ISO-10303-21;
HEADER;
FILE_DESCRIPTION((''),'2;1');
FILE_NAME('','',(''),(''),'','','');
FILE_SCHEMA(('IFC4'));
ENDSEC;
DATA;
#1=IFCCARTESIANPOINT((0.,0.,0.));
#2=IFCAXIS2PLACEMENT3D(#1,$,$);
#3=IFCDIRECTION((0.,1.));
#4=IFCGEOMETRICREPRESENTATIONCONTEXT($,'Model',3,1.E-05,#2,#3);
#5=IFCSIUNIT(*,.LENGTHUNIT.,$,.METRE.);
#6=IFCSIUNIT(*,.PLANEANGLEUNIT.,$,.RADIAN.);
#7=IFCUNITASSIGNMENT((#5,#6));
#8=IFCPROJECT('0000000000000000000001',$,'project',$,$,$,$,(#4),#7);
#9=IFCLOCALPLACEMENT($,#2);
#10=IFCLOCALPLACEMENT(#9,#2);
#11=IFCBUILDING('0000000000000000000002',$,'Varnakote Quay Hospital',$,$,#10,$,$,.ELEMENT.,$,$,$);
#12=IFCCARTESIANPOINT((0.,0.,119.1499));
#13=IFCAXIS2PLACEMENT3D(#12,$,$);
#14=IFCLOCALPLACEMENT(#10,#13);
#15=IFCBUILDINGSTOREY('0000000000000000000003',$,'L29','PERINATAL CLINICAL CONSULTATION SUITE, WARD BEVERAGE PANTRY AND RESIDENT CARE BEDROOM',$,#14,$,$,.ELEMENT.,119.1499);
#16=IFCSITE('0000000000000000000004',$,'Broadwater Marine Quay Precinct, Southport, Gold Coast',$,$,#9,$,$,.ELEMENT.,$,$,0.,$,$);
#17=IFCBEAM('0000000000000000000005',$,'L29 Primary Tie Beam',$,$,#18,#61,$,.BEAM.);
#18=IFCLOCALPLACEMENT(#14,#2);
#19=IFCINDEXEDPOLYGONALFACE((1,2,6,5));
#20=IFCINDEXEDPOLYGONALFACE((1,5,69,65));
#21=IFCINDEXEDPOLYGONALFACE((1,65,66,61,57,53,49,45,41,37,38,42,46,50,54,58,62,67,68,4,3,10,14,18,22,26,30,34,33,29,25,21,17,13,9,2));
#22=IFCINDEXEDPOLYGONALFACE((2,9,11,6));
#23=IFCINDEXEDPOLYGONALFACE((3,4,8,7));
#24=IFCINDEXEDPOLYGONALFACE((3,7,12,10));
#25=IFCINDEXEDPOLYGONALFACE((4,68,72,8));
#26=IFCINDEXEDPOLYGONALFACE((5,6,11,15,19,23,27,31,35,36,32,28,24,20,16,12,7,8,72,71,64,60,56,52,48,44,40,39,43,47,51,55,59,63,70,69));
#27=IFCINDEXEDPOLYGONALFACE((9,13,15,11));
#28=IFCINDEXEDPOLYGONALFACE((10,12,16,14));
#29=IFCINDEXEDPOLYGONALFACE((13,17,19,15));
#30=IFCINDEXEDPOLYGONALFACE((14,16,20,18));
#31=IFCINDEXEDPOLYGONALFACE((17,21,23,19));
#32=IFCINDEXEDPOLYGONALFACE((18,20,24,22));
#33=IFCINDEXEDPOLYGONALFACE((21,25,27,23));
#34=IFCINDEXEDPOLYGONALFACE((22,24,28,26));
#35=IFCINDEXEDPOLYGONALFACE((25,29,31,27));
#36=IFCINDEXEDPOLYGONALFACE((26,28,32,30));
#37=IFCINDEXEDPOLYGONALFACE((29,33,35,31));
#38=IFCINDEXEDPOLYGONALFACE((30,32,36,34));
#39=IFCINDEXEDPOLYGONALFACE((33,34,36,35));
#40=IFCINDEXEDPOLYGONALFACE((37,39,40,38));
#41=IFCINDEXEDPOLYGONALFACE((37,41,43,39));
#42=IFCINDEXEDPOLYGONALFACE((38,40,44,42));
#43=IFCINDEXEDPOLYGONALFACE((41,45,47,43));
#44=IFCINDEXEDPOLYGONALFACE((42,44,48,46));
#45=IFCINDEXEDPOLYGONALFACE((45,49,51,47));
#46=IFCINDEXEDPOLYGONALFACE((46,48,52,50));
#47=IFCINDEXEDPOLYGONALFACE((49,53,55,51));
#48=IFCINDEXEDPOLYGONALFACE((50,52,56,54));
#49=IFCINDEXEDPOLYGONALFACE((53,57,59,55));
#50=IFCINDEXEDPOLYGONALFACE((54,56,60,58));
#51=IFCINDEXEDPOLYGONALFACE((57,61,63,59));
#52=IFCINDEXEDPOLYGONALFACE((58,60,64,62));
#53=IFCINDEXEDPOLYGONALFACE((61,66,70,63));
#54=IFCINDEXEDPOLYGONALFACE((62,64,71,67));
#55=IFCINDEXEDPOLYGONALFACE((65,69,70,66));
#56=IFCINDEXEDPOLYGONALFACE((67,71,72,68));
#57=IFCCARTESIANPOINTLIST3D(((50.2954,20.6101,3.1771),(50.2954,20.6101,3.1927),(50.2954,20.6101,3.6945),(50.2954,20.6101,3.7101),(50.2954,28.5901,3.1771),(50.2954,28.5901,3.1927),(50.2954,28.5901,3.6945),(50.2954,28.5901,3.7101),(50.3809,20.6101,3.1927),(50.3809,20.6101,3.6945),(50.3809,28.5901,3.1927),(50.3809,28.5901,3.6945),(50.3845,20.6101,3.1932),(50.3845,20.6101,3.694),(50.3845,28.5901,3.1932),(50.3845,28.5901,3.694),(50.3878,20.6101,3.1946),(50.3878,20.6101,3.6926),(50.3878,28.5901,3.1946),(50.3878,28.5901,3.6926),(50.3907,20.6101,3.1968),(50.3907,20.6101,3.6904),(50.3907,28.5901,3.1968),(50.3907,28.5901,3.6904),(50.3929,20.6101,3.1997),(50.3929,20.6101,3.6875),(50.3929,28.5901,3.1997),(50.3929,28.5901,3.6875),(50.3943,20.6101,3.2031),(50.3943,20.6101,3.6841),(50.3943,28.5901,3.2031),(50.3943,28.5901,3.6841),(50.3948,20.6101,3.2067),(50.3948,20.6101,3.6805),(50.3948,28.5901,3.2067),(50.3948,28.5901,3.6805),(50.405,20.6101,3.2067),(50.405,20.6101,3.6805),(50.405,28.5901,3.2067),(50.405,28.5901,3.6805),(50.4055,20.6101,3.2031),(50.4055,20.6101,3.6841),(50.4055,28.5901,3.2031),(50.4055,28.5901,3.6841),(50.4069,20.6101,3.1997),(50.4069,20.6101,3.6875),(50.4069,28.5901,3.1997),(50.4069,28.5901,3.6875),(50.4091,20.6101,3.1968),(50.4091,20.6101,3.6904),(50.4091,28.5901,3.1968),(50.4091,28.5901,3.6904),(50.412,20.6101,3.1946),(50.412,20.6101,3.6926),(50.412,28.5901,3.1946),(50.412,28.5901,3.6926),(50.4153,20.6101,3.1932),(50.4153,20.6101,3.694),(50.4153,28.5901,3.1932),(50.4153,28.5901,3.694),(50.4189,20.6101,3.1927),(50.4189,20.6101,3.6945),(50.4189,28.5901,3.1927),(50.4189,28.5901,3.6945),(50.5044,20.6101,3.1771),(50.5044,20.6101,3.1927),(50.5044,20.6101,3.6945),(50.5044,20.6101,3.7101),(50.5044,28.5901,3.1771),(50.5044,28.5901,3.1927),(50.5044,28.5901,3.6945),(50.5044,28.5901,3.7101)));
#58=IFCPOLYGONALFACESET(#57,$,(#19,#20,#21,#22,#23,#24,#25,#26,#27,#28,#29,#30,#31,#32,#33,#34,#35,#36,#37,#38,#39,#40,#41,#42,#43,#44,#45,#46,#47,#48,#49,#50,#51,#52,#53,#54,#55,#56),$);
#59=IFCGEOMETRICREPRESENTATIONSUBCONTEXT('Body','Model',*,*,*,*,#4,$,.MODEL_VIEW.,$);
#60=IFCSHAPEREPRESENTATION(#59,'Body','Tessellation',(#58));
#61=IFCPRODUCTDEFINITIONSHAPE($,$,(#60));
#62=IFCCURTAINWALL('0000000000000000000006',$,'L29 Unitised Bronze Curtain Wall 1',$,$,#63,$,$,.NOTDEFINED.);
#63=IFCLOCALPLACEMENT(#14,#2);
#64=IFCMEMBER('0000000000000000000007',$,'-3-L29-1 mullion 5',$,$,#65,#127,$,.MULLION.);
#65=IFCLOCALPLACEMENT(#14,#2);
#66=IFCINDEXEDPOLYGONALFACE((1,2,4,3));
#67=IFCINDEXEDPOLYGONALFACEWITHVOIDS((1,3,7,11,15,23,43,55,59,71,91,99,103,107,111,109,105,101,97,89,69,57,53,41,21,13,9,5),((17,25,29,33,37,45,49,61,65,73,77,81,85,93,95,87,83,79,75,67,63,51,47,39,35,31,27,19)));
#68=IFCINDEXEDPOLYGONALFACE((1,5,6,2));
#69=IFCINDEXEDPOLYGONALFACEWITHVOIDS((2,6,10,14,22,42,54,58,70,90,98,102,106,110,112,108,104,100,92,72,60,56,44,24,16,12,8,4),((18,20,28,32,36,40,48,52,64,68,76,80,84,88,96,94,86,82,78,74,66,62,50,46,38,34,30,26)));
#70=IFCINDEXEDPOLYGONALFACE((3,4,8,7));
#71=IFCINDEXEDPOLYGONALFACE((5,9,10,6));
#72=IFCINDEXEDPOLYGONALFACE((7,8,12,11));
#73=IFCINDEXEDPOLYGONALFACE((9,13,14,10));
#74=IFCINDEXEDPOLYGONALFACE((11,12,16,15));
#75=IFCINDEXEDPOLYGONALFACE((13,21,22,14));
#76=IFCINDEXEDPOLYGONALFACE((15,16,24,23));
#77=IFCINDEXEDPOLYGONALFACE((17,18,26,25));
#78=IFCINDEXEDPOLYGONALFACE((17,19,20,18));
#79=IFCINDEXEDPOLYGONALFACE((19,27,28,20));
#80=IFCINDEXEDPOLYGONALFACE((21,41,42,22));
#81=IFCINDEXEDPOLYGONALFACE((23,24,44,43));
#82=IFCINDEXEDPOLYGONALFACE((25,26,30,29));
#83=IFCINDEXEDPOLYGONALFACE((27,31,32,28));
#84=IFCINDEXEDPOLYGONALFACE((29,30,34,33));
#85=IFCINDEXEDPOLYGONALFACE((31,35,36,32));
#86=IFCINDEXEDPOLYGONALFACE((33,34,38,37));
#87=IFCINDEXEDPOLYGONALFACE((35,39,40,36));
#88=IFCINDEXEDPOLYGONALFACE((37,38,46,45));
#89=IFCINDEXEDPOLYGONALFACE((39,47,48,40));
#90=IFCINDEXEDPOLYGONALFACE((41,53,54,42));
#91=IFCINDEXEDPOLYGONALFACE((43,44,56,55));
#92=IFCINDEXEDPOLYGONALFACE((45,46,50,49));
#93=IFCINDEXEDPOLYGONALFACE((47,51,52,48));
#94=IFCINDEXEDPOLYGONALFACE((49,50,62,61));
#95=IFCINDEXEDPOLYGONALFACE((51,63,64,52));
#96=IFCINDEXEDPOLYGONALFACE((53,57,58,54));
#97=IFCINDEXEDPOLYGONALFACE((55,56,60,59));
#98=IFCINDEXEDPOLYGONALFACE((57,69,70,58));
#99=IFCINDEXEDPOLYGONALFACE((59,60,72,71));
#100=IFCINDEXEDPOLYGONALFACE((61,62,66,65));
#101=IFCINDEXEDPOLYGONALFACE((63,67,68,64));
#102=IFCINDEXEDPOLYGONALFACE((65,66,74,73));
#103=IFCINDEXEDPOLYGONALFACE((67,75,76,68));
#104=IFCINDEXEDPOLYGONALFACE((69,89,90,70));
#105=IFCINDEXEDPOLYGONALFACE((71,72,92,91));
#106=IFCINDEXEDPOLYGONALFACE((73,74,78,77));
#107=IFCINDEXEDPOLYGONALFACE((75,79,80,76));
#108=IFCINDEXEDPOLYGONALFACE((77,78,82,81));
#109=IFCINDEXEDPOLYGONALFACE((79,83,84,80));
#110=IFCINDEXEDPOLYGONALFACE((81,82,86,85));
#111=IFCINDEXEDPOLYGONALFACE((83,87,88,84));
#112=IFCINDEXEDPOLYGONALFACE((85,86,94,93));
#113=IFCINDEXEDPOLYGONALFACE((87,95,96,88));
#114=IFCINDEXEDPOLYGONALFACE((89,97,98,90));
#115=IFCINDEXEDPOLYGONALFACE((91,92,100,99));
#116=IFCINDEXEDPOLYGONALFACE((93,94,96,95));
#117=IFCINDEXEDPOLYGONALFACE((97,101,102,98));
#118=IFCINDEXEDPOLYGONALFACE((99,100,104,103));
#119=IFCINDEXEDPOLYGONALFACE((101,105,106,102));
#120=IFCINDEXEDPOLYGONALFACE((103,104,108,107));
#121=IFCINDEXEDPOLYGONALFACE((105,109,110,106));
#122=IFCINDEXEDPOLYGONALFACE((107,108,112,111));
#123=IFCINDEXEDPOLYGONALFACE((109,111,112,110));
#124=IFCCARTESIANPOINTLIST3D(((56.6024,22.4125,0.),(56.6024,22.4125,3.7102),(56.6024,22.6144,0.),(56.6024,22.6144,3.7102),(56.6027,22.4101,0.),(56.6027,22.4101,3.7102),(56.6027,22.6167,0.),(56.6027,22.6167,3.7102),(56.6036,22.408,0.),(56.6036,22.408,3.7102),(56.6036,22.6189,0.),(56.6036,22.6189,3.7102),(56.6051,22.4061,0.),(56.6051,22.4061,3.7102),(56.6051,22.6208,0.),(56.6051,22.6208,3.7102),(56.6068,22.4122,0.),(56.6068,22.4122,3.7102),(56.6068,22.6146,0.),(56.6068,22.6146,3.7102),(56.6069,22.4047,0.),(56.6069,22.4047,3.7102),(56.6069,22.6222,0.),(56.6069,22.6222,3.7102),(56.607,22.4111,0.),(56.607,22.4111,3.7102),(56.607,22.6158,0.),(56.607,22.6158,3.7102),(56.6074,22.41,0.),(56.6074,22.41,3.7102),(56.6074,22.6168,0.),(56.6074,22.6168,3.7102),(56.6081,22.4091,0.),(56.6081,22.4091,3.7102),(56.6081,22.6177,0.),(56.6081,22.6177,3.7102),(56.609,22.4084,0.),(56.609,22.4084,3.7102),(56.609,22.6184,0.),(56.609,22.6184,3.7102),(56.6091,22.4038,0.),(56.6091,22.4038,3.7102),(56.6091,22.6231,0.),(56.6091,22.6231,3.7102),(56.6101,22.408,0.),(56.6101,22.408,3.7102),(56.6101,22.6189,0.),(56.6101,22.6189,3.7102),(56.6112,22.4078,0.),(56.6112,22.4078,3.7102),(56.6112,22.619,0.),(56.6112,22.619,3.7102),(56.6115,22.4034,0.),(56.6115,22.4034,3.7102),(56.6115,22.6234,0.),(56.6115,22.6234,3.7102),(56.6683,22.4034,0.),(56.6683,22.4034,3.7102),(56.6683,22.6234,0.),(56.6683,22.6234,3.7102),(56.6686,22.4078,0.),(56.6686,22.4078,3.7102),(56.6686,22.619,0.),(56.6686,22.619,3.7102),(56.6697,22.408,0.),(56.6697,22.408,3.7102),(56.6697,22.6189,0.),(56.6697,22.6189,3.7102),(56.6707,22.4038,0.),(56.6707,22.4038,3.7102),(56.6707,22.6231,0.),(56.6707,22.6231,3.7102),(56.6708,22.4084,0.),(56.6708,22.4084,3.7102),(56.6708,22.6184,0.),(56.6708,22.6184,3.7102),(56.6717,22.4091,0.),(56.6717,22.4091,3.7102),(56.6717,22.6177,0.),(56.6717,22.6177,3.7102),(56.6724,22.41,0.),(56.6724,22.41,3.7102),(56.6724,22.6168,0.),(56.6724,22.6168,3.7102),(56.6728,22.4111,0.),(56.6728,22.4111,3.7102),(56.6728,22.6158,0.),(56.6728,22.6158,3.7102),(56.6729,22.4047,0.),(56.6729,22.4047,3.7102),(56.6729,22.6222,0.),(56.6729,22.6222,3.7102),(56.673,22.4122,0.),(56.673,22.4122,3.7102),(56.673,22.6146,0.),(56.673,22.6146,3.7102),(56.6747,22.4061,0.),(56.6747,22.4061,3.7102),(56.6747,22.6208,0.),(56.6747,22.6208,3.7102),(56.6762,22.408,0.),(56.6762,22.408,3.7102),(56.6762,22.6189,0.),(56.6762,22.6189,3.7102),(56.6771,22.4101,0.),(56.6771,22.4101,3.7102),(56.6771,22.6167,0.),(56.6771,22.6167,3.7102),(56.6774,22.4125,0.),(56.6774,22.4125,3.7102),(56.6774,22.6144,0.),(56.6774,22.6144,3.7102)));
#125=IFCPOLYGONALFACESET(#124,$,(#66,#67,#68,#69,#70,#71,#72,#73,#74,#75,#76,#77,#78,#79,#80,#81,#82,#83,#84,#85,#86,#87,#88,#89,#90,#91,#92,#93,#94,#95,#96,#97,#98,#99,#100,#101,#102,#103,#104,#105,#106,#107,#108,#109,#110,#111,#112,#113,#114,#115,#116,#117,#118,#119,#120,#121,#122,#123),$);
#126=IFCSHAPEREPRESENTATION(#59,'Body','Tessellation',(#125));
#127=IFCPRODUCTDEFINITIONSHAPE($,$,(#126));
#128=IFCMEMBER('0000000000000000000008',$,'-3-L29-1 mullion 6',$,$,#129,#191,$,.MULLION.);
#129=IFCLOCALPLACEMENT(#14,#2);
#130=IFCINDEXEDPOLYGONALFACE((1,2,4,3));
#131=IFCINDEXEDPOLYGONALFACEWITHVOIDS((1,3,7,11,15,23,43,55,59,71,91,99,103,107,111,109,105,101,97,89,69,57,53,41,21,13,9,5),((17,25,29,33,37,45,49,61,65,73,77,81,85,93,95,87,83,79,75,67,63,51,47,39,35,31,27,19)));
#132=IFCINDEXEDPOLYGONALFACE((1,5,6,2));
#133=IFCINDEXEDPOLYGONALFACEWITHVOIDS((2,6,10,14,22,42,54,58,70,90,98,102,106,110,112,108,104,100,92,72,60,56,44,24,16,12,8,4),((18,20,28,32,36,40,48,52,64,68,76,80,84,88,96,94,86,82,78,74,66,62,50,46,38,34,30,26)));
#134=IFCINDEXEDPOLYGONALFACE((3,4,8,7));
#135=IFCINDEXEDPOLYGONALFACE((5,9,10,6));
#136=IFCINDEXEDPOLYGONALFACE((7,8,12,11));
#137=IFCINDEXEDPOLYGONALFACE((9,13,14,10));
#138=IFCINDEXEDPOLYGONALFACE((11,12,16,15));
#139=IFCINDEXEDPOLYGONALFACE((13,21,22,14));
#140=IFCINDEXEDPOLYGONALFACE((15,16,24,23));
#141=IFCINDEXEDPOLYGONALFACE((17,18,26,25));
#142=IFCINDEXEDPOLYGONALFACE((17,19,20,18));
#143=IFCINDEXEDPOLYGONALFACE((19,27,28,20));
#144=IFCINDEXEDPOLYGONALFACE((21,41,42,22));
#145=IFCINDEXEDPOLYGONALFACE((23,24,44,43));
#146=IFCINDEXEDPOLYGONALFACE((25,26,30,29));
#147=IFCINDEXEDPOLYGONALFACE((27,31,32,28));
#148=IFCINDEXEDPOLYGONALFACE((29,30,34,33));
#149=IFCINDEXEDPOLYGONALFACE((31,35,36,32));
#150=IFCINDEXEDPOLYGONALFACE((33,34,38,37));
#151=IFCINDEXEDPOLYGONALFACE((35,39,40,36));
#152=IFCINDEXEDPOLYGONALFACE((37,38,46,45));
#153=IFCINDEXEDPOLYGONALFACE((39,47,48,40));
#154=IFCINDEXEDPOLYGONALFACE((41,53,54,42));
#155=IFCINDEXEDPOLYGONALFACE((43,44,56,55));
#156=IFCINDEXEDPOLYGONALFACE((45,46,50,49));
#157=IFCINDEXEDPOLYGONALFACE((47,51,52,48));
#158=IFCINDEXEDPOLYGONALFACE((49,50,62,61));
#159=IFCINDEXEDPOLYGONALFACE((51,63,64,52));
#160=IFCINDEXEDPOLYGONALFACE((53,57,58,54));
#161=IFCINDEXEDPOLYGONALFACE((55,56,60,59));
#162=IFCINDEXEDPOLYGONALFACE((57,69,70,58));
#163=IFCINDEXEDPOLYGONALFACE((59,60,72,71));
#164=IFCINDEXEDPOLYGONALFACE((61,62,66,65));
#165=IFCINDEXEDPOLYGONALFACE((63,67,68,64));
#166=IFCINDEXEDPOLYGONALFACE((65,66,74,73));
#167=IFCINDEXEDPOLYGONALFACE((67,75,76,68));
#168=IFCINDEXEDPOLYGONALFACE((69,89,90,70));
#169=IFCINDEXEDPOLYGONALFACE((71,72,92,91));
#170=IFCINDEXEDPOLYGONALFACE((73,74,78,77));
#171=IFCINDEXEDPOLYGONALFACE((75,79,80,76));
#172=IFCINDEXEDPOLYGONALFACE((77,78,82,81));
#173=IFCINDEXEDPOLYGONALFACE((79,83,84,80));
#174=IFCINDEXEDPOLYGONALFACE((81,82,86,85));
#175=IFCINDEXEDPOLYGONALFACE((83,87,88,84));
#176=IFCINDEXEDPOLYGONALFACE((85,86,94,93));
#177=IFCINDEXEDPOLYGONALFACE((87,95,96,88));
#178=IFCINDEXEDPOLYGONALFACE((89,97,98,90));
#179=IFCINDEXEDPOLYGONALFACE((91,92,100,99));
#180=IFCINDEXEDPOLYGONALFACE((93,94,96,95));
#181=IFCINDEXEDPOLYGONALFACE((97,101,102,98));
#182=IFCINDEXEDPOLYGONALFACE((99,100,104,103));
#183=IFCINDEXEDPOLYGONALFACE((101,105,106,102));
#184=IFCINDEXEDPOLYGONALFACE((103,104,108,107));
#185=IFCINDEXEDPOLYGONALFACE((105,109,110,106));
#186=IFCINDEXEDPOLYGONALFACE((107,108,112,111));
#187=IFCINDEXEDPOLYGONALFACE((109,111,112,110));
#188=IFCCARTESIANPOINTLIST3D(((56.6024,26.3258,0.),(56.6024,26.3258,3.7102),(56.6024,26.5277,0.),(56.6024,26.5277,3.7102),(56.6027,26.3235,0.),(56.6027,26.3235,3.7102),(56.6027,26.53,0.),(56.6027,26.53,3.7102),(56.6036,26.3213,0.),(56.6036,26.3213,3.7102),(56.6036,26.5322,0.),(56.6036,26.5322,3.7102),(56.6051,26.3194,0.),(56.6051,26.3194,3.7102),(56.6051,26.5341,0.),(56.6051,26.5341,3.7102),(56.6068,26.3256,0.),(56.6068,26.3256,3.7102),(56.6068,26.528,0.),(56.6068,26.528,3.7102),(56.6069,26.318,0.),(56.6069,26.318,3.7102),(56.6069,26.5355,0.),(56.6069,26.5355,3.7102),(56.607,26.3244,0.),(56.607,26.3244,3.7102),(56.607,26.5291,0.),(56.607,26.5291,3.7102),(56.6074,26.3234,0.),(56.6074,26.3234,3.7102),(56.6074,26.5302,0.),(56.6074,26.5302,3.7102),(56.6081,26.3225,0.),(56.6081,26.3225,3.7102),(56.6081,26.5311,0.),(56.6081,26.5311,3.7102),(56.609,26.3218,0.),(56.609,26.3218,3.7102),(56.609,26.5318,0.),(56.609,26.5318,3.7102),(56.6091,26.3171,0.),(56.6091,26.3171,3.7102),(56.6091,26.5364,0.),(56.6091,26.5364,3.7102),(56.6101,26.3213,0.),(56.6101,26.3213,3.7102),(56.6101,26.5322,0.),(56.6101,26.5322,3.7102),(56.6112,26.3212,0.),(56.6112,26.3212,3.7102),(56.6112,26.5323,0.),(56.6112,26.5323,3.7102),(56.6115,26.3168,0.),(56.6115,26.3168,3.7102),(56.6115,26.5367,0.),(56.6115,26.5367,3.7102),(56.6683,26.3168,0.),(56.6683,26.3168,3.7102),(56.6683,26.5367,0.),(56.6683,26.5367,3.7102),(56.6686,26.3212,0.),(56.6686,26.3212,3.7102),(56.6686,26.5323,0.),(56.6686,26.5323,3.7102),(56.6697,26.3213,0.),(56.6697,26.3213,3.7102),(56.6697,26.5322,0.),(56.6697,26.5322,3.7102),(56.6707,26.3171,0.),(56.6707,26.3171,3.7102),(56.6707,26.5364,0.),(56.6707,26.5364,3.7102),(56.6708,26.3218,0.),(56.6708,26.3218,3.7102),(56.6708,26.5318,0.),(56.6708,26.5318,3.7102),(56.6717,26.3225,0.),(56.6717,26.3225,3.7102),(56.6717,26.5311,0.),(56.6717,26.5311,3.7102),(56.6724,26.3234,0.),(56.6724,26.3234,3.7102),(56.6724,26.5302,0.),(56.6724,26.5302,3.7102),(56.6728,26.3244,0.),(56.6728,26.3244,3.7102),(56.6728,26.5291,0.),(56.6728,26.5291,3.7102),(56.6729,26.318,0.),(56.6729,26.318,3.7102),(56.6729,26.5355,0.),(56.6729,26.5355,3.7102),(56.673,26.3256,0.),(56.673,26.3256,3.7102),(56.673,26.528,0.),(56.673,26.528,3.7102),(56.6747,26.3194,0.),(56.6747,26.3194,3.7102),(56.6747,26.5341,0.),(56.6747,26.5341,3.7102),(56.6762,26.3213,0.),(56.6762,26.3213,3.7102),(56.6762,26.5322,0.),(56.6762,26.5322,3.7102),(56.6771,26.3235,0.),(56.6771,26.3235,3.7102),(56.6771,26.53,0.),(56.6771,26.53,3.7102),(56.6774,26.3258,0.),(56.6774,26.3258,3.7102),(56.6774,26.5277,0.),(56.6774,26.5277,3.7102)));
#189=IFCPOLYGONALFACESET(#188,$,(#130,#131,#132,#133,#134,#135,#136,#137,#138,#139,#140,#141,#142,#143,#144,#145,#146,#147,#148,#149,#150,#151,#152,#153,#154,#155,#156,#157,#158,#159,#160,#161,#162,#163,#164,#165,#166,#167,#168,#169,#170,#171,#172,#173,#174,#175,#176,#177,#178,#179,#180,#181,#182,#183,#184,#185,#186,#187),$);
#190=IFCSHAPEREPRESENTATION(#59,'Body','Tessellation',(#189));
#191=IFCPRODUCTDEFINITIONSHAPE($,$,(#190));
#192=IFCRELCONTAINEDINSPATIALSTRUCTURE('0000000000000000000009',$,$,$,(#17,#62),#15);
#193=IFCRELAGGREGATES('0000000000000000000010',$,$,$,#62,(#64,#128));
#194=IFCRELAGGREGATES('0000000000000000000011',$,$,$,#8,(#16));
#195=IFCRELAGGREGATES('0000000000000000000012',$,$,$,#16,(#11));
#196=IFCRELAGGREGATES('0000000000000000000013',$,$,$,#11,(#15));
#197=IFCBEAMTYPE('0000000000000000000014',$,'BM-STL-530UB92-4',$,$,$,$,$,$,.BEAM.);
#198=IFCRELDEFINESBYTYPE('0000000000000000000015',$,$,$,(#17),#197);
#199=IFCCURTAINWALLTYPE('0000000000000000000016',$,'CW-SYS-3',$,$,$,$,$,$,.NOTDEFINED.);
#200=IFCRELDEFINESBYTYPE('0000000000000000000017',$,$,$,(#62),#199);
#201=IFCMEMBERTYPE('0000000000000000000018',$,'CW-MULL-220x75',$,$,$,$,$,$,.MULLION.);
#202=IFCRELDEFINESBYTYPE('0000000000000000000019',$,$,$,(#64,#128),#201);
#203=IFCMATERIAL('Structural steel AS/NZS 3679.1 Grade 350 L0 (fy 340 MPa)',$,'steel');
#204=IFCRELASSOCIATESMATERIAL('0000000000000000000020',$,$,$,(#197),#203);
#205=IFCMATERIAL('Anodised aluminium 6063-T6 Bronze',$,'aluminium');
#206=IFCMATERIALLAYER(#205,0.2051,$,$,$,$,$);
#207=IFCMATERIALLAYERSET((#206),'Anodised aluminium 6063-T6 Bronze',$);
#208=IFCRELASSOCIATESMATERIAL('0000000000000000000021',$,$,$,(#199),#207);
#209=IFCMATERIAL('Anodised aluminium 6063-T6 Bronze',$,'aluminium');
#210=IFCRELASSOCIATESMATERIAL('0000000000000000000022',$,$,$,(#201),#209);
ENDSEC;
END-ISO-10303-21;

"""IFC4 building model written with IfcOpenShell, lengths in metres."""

from ifc_helpers import new_model, si_unit, direction, frame, origin, origin_2d, place, context, subcontext, project, spatial, hollow_rectangle, i_section, extrude, material, layer, layer_set, material_profile, profile_set, type_object, element, aggregate, save


model = new_model("IFC4")

# Units and contexts
model_context = context("Model", 3, precision=1e-05, world=origin(), true_north=direction((0.0, 1.0)))
body_context = subcontext(model_context, "Body", "Model", "MODEL_VIEW")
ifc_project = project(units=[si_unit("LENGTHUNIT", "METRE"), si_unit("PLANEANGLEUNIT", "RADIAN")], contexts=[model_context])

# Site, building, storey
site_placement = place(None, origin())
site = spatial("IfcSite", under=ifc_project, at=site_placement, Name="Broadwater Marine Quay Precinct, Southport, Gold Coast", CompositionType="ELEMENT", RefElevation=0.0)
building_placement = place(site_placement, origin())
building = spatial("IfcBuilding", under=site, at=building_placement, Name="Varnakote Quay Hospital", CompositionType="ELEMENT")
storey_placement = place(building_placement, frame((0.0, 0.0, 119.1499)))
storey = spatial("IfcBuildingStorey", under=building, at=storey_placement, Name="L29", Description="PERINATAL CLINICAL CONSULTATION SUITE, WARD BEVERAGE PANTRY AND RESIDENT CARE BEDROOM", CompositionType="ELEMENT", Elevation=119.1499)

# Beam
ifc_material_1 = material(Name="Structural steel AS/NZS 3679.1 Grade 350 L0 (fy 340 MPa)", Category="steel")
ifc_material_profile_1 = material_profile(ifc_material_1, i_section(OverallWidth=0.209, OverallDepth=0.533, WebThickness=0.0103, FlangeThickness=0.0156, FilletRadius=0.0139, at=origin_2d()), Name="530UB92.4")
ifc_profile_set_1 = profile_set([ifc_material_profile_1], Name="Structural steel AS/NZS 3679.1 Grade 350 L0 (fy 340 MPa)")
beam_type = type_object("IfcBeamType", Name="BM-STL-530UB92-4", PredefinedType="BEAM", material=ifc_profile_set_1)
beam_placement = place(storey_placement, frame((50.3999, 20.6101, 3.4436), z_axis=(0.0, 1.0, 0.0), x_axis=(-1.0, 0.0, 0.0)))
element("IfcBeam", 1, at=beam_placement, inside=storey, type_object=beam_type, Name="L29 Primary Tie Beam", PredefinedType="BEAM", context=body_context, shape_type="SweptSolid", body=[
    extrude(i_section(OverallWidth=0.209, OverallDepth=0.533, WebThickness=0.0103, FlangeThickness=0.0156, FilletRadius=0.0139, at=origin_2d()), origin(), (0.0, 0.0, 1.0), 7.98),
])

# Curtain wall, members
ifc_material_2 = material(Name="Anodised aluminium 6063-T6 Bronze", Category="aluminium")
ifc_layer_1 = layer(ifc_material_2, 0.2051)
ifc_layer_set_1 = layer_set([ifc_layer_1], Name="Anodised aluminium 6063-T6 Bronze")
curtain_wall_type = type_object("IfcCurtainWallType", Name="CW-SYS-3", PredefinedType="NOTDEFINED", material=ifc_layer_set_1)
curtain_wall_placement = place(storey_placement, origin())
curtain_wall = element("IfcCurtainWall", 2, at=curtain_wall_placement, inside=storey, type_object=curtain_wall_type, Name="L29 Unitised Bronze Curtain Wall 1", PredefinedType="NOTDEFINED")
ifc_material_3 = material(Name="Anodised aluminium 6063-T6 Bronze", Category="aluminium")
ifc_material_profile_2 = material_profile(ifc_material_3, hollow_rectangle(XDim=0.075, YDim=0.22, WallThickness=0.0044, InnerFilletRadius=0.0044, OuterFilletRadius=0.009, at=origin_2d()), Name="CW-MULL-220x75")
ifc_profile_set_2 = profile_set([ifc_material_profile_2], Name="Anodised aluminium 6063-T6 Bronze")
member_type_1 = type_object("IfcMemberType", Name="CW-MULL-220x75", PredefinedType="MULLION", material=ifc_profile_set_2)
member_1_placement = place(storey_placement, frame((56.6399, 22.5134, 0.0), z_axis=(0.0, 0.0, 1.0), x_axis=(-1.0, 0.0, 0.0)))
member_1 = element("IfcMember", 3, at=member_1_placement, type_object=member_type_1, Name="-3-L29-1 mullion 5", PredefinedType="MULLION", context=body_context, shape_type="SweptSolid", body=[
    extrude(hollow_rectangle(XDim=0.075, YDim=0.22, WallThickness=0.0044, InnerFilletRadius=0.0044, OuterFilletRadius=0.009, at=origin_2d()), origin(), (0.0, 0.0, 1.0), 3.7102),
])
member_2_placement = place(storey_placement, frame((56.6399, 26.4268, 0.0), z_axis=(0.0, 0.0, 1.0), x_axis=(-1.0, 0.0, 0.0)))
member_2 = element("IfcMember", 4, at=member_2_placement, type_object=member_type_1, Name="-3-L29-1 mullion 6", PredefinedType="MULLION", context=body_context, shape_type="SweptSolid", body=[
    extrude(hollow_rectangle(XDim=0.075, YDim=0.22, WallThickness=0.0044, InnerFilletRadius=0.0044, OuterFilletRadius=0.009, at=origin_2d()), origin(), (0.0, 0.0, 1.0), 3.7102),
])
aggregate(curtain_wall, [member_1, member_2])

save(model, "model.ifc")
